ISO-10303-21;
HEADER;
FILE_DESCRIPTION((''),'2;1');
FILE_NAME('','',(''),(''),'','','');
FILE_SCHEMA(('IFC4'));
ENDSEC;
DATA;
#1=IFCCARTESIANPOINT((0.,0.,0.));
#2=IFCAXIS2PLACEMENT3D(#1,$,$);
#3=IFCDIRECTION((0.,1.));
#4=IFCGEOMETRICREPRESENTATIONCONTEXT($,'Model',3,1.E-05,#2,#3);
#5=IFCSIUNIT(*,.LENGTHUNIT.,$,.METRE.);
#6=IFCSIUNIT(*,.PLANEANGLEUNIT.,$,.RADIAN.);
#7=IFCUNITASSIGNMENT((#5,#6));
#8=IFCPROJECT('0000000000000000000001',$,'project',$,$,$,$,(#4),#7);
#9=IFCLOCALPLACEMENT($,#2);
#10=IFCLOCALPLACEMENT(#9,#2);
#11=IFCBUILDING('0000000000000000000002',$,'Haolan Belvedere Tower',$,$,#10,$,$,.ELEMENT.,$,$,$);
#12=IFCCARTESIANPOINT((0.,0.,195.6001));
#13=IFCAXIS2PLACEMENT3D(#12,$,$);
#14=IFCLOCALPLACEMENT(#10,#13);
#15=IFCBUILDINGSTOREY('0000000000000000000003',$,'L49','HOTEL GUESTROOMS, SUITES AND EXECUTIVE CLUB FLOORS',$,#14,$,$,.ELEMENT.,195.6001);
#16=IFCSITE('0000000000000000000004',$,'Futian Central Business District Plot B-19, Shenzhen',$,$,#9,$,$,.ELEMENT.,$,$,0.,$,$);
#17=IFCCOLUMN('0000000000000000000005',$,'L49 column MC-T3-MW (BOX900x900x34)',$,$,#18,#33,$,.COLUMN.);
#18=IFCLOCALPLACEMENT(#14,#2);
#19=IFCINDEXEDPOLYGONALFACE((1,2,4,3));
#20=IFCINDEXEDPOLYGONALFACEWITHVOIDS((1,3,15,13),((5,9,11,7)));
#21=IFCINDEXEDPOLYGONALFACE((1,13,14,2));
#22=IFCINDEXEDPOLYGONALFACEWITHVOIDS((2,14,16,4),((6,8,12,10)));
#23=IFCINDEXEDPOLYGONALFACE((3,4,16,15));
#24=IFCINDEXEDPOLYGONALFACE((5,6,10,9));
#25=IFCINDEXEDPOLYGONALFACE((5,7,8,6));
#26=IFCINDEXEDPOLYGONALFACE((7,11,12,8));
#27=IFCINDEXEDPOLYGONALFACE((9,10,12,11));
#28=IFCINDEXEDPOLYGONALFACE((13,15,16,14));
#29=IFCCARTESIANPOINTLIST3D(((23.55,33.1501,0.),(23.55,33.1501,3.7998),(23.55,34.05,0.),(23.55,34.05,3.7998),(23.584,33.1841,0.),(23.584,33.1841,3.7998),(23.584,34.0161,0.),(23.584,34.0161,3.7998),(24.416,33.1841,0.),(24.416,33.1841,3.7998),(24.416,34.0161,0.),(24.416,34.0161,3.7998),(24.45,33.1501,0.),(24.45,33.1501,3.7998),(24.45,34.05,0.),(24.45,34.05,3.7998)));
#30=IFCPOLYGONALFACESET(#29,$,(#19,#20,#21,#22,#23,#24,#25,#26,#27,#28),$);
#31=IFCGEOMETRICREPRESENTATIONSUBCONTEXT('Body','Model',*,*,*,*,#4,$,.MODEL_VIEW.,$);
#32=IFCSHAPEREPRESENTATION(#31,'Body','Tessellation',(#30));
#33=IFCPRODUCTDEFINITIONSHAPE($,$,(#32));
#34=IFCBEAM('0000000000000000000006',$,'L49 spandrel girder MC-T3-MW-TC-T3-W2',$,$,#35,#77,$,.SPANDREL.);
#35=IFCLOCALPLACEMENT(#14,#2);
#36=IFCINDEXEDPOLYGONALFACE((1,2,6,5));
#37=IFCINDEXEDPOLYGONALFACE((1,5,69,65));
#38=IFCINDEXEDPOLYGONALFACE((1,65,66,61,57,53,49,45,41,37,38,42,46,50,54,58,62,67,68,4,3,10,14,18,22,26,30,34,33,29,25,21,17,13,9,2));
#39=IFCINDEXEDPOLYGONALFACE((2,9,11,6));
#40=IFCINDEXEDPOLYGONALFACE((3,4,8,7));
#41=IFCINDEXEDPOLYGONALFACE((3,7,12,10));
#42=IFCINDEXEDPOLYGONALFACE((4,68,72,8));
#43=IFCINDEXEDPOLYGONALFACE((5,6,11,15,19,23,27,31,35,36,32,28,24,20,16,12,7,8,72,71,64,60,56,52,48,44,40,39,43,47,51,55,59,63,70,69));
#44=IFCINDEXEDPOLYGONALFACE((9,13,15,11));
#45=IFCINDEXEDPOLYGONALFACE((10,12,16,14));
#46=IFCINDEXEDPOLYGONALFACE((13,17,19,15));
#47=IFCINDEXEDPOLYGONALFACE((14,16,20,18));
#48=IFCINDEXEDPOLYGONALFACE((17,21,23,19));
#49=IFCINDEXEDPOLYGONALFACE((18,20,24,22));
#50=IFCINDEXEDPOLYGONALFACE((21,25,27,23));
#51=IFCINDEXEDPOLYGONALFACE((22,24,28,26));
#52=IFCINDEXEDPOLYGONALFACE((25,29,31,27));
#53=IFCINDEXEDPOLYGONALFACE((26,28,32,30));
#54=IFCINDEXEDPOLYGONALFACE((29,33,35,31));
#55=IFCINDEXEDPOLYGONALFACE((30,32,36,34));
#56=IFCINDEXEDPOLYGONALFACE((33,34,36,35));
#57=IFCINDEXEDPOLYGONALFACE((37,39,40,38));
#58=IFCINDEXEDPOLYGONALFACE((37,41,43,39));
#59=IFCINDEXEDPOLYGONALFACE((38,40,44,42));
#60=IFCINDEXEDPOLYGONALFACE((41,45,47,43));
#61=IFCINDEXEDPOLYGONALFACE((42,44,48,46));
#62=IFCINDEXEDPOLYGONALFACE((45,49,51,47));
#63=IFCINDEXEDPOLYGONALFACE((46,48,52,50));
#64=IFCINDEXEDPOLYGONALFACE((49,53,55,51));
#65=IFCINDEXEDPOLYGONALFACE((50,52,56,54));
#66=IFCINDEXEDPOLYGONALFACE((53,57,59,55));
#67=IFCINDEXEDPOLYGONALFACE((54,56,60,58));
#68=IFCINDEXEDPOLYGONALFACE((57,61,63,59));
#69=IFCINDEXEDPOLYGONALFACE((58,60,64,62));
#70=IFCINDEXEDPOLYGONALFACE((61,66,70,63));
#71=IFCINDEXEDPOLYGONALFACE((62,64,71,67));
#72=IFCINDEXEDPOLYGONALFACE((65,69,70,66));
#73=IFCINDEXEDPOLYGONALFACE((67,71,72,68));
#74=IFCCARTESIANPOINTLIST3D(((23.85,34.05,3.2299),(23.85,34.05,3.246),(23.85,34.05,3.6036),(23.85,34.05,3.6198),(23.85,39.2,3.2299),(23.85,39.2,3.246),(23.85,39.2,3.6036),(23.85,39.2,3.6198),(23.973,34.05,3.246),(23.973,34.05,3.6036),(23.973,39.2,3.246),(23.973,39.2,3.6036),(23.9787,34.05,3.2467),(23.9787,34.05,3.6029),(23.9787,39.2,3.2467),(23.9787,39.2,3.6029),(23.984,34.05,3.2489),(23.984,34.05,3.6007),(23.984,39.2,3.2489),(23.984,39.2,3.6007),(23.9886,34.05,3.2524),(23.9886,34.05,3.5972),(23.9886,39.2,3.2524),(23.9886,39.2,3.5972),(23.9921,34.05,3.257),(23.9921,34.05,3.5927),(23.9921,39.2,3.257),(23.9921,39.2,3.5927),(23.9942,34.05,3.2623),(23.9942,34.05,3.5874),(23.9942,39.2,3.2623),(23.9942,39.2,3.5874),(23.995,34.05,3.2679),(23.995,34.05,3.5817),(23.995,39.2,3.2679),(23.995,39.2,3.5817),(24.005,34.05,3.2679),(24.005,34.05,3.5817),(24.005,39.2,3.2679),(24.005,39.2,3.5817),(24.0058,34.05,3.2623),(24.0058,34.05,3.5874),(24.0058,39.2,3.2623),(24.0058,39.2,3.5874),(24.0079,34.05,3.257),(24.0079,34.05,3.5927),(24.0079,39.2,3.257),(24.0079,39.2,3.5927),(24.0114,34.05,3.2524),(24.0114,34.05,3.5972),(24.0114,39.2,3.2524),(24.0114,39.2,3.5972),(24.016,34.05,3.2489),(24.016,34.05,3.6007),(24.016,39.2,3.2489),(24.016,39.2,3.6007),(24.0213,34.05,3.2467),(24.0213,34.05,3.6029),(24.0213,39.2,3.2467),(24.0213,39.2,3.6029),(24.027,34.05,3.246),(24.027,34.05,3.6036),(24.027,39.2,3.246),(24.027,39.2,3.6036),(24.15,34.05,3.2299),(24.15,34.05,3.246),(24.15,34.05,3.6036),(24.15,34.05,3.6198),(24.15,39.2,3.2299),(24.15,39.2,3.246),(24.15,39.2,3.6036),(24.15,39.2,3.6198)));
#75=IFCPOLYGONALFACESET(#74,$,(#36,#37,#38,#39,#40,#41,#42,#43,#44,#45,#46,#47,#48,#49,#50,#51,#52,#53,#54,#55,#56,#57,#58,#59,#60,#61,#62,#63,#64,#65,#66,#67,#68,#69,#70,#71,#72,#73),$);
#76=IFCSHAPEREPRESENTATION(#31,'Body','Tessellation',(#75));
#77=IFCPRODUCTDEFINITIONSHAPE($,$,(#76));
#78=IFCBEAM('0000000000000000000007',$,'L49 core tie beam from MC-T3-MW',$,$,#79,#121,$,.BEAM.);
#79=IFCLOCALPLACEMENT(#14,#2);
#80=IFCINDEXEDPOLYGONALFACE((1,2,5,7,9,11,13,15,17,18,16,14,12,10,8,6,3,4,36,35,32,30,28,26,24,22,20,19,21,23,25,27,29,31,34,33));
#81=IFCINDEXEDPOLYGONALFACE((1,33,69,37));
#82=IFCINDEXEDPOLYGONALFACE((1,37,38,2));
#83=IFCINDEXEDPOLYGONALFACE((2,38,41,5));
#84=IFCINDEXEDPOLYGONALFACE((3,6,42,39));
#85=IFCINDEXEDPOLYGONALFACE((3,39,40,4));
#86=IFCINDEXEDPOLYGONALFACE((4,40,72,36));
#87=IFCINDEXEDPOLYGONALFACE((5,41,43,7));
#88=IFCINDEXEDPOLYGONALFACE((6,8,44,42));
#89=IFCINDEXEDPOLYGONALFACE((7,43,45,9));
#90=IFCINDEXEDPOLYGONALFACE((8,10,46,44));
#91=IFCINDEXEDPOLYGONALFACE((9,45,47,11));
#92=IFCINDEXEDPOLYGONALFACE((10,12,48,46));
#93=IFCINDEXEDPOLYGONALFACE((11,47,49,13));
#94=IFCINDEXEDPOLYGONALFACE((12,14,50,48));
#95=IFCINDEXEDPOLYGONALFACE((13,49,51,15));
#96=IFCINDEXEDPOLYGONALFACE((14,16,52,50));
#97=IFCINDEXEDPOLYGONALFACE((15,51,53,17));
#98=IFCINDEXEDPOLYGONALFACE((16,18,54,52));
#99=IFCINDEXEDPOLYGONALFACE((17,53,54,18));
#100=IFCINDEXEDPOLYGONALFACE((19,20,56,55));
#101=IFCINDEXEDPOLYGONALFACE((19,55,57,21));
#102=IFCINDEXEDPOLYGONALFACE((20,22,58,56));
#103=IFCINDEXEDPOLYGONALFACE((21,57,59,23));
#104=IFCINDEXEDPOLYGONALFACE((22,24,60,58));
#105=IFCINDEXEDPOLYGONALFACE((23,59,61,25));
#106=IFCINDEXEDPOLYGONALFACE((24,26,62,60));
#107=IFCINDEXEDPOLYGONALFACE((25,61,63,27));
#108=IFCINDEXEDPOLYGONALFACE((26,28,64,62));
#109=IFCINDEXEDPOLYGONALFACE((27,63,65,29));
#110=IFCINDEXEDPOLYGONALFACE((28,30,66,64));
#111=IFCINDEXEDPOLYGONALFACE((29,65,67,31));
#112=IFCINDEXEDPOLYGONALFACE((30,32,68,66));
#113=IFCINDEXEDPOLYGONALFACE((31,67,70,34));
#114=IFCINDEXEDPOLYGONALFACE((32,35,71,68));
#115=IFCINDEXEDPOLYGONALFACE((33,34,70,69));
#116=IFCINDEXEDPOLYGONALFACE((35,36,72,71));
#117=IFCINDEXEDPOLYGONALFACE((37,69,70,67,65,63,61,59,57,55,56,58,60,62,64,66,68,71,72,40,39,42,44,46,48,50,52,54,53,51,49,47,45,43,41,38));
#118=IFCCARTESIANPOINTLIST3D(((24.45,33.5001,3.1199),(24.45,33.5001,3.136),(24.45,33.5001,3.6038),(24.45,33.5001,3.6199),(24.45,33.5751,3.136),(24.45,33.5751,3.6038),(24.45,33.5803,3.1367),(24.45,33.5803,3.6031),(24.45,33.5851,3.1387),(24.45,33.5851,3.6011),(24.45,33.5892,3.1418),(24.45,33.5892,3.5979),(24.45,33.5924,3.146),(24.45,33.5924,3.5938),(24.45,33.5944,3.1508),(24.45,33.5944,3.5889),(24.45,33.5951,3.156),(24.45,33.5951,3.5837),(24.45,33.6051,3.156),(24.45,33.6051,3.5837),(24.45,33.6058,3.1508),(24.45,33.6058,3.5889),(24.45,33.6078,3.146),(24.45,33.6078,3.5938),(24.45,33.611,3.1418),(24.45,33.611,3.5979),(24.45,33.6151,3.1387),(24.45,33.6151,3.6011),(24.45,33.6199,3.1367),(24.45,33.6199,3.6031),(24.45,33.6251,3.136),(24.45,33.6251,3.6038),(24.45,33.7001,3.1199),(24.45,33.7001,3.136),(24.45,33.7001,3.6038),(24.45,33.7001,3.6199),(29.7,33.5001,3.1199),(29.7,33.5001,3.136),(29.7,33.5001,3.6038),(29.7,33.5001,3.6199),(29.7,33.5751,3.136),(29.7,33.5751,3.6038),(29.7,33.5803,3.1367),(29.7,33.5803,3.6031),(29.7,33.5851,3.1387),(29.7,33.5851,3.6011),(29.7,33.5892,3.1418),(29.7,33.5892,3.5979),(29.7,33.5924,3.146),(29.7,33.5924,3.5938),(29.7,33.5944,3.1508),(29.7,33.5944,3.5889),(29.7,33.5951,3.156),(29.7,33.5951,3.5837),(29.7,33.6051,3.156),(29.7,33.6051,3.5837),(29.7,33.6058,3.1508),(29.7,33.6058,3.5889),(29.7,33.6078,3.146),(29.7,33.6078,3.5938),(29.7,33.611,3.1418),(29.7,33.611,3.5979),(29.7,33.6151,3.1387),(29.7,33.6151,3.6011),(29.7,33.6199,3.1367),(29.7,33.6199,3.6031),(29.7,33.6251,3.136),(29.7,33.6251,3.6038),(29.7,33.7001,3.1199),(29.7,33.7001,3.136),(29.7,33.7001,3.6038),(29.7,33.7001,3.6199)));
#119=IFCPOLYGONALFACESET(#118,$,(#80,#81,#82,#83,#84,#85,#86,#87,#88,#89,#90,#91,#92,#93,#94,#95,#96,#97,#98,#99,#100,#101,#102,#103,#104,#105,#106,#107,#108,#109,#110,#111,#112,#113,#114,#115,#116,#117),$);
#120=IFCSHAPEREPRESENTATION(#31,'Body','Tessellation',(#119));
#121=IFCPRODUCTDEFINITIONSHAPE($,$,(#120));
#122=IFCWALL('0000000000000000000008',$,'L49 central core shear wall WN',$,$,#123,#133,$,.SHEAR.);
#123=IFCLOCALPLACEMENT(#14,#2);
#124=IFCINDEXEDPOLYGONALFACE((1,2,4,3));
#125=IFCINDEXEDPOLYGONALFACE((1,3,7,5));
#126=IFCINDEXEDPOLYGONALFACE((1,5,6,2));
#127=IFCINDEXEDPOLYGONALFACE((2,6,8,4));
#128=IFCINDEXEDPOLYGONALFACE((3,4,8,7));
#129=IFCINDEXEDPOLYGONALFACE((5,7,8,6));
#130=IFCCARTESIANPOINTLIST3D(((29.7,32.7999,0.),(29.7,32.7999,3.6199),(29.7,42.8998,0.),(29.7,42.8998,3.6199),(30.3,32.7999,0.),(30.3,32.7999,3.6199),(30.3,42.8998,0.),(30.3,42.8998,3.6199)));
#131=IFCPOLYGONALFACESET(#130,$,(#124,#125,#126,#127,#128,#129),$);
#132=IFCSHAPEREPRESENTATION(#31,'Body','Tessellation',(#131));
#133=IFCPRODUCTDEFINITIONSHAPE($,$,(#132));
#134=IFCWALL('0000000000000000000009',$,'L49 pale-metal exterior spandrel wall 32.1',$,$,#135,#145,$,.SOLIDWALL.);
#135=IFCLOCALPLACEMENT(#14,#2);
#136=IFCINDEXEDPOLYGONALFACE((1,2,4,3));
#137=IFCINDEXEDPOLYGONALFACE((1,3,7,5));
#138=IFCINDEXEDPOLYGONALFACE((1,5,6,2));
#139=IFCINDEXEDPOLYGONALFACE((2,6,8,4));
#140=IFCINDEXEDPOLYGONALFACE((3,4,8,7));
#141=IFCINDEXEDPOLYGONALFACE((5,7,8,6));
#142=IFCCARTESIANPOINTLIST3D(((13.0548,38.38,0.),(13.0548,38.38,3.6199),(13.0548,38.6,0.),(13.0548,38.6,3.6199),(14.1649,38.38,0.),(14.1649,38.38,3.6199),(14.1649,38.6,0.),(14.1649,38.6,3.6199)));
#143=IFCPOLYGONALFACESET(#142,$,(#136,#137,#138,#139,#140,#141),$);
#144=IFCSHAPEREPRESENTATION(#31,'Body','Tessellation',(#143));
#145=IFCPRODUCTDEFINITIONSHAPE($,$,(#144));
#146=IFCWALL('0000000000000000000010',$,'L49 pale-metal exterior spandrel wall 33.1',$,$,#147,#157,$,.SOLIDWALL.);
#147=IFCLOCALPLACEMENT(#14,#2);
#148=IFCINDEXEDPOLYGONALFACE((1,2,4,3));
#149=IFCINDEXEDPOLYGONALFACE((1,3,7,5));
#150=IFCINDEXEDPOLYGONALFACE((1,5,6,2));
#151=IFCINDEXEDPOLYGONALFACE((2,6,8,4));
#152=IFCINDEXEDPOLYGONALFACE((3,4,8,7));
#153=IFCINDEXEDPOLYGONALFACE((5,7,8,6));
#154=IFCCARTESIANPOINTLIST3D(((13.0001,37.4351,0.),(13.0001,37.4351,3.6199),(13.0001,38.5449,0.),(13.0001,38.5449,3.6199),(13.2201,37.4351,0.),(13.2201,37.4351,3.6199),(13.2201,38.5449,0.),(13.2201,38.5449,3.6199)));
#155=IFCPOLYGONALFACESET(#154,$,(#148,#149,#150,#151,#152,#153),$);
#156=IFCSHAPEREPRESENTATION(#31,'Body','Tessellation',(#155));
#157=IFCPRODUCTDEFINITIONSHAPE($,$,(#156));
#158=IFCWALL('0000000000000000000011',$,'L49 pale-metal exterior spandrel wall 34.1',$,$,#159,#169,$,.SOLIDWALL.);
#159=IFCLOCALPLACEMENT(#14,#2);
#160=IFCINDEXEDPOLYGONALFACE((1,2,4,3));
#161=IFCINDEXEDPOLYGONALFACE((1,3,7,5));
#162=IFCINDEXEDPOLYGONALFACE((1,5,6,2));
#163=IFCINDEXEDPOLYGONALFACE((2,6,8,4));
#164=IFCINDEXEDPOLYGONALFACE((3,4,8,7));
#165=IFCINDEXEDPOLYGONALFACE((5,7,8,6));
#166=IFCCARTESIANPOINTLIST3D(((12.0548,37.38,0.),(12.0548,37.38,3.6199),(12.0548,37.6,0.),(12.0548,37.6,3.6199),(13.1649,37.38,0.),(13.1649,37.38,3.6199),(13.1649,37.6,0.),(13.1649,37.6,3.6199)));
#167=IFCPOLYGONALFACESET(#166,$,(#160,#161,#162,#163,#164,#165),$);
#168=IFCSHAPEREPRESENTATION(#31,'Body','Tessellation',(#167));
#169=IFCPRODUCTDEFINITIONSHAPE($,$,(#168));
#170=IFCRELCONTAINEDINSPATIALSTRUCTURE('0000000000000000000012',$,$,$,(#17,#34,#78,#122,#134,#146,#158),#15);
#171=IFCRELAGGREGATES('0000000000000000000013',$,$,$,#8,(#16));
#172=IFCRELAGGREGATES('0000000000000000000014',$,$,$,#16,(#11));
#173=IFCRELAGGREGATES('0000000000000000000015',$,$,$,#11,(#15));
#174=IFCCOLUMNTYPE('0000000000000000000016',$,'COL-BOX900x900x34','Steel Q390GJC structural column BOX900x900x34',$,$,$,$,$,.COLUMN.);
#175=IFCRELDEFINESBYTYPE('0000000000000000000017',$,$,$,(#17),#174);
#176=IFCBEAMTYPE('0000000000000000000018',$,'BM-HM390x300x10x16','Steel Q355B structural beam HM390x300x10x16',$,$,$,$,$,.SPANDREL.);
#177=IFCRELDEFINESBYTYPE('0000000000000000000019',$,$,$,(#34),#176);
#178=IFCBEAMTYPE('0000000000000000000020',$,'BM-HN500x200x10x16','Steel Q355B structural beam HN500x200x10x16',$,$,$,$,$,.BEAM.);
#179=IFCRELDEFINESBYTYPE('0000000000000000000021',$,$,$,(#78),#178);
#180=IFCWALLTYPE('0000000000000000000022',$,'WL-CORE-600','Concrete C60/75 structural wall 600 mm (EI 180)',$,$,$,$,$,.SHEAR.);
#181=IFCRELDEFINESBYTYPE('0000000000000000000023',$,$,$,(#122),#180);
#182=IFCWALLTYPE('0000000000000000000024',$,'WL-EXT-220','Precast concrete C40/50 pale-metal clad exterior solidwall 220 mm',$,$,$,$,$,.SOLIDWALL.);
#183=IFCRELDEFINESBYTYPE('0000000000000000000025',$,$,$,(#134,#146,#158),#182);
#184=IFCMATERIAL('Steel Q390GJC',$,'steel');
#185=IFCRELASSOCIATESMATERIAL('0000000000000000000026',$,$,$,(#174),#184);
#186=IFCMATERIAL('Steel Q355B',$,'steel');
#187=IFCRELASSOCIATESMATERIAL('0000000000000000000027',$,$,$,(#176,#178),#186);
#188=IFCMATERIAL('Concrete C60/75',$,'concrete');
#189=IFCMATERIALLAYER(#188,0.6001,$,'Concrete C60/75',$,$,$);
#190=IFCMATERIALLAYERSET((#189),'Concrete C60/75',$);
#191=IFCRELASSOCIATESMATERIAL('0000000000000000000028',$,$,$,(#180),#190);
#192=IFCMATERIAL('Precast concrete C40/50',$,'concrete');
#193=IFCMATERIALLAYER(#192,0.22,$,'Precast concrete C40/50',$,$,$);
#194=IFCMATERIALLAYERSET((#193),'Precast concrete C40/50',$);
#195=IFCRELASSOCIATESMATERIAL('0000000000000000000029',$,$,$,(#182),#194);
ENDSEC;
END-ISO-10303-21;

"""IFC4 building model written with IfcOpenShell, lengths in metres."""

from ifc_helpers import new_model, si_unit, direction, frame, frame_2d, origin, origin_2d, place, context, subcontext, project, spatial, rectangle, hollow_rectangle, i_section, extrude, material, layer, layer_set, material_profile, profile_set, type_object, element, save


model = new_model("IFC4")

# Units and contexts
model_context = context("Model", 3, precision=1e-05, world=origin(), true_north=direction((0.0, 1.0)))
body_context = subcontext(model_context, "Body", "Model", "MODEL_VIEW")
ifc_project = project(units=[si_unit("LENGTHUNIT", "METRE"), si_unit("PLANEANGLEUNIT", "RADIAN")], contexts=[model_context])

# Site, building, storey
site_placement = place(None, origin())
site = spatial("IfcSite", under=ifc_project, at=site_placement, Name="Futian Central Business District Plot B-19, Shenzhen", CompositionType="ELEMENT", RefElevation=0.0)
building_placement = place(site_placement, origin())
building = spatial("IfcBuilding", under=site, at=building_placement, Name="Haolan Belvedere Tower", CompositionType="ELEMENT")
storey_placement = place(building_placement, frame((0.0, 0.0, 195.6001)))
storey = spatial("IfcBuildingStorey", under=building, at=storey_placement, Name="L49", Description="HOTEL GUESTROOMS, SUITES AND EXECUTIVE CLUB FLOORS", CompositionType="ELEMENT", Elevation=195.6001)

# Column
ifc_material_1 = material(Name="Steel Q390GJC", Category="steel")
ifc_material_profile_1 = material_profile(ifc_material_1, hollow_rectangle(XDim=0.8999, YDim=0.8999, WallThickness=0.0339, at=origin_2d()), Name="Steel Q390GJC")
ifc_profile_set_1 = profile_set([ifc_material_profile_1], Name="Steel Q390GJC")
column_type = type_object("IfcColumnType", Name="COL-BOX900x900x34", Description="Steel Q390GJC structural column BOX900x900x34", PredefinedType="COLUMN", material=ifc_profile_set_1)
column_placement = place(storey_placement, frame((24.0, 33.6001, 0.0), z_axis=(0.0, 0.0, 1.0), x_axis=(1.0, 0.0, 0.0)))
element("IfcColumn", 1, at=column_placement, inside=storey, type_object=column_type, Name="L49 column MC-T3-MW (BOX900x900x34)", PredefinedType="COLUMN", context=body_context, shape_type="SweptSolid", body=[
    extrude(hollow_rectangle(XDim=0.8999, YDim=0.8999, WallThickness=0.0339, at=origin_2d()), origin(), (0.0, 0.0, 1.0), 3.7998),
])

# Beams
ifc_material_2 = material(Name="Steel Q355B", Category="steel")
ifc_material_profile_2 = material_profile(ifc_material_2, i_section(OverallWidth=0.3, OverallDepth=0.3899, WebThickness=0.01, FlangeThickness=0.0161, FilletRadius=0.022, at=origin_2d()), Name="Steel Q355B")
ifc_profile_set_2 = profile_set([ifc_material_profile_2], Name="Steel Q355B")
beam_type_1 = type_object("IfcBeamType", Name="BM-HM390x300x10x16", Description="Steel Q355B structural beam HM390x300x10x16", PredefinedType="SPANDREL", material=ifc_profile_set_2)
beam_1_placement = place(storey_placement, frame((24.0, 34.05, 3.4248), z_axis=(0.0, 1.0, 0.0), x_axis=(-1.0, 0.0, 0.0)))
element("IfcBeam", 2, at=beam_1_placement, inside=storey, type_object=beam_type_1, Name="L49 spandrel girder MC-T3-MW-TC-T3-W2", PredefinedType="SPANDREL", context=body_context, shape_type="SweptSolid", body=[
    extrude(i_section(OverallWidth=0.3, OverallDepth=0.3899, WebThickness=0.01, FlangeThickness=0.0161, FilletRadius=0.022, at=origin_2d()), origin(), (0.0, 0.0, 1.0), 5.1499),
])
ifc_material_profile_3 = material_profile(ifc_material_2, i_section(OverallWidth=0.2, OverallDepth=0.5, WebThickness=0.01, FlangeThickness=0.0161, FilletRadius=0.02, at=origin_2d()), Name="Steel Q355B")
ifc_profile_set_3 = profile_set([ifc_material_profile_3], Name="Steel Q355B")
beam_type_2 = type_object("IfcBeamType", Name="BM-HN500x200x10x16", Description="Steel Q355B structural beam HN500x200x10x16", PredefinedType="BEAM", material=ifc_profile_set_3)
beam_2_placement = place(storey_placement, frame((24.45, 33.6001, 3.3699), z_axis=(1.0, 0.0, 0.0), x_axis=(0.0, 1.0, 0.0)))
element("IfcBeam", 3, at=beam_2_placement, inside=storey, type_object=beam_type_2, Name="L49 core tie beam from MC-T3-MW", PredefinedType="BEAM", context=body_context, shape_type="SweptSolid", body=[
    extrude(i_section(OverallWidth=0.2, OverallDepth=0.5, WebThickness=0.01, FlangeThickness=0.0161, FilletRadius=0.02, at=origin_2d()), origin(), (0.0, 0.0, 1.0), 5.25),
])

# Walls
ifc_material_3 = material(Name="Concrete C60/75", Category="concrete")
ifc_layer_1 = layer(ifc_material_3, 0.6001, Name="Concrete C60/75")
ifc_layer_set_1 = layer_set([ifc_layer_1], Name="Concrete C60/75")
wall_type_1 = type_object("IfcWallType", Name="WL-CORE-600", Description="Concrete C60/75 structural wall 600 mm (EI 180)", PredefinedType="SHEAR", material=ifc_layer_set_1)
wall_1_placement = place(storey_placement, frame((30.0, 32.8, 0.0), z_axis=(0.0, 0.0, 1.0), x_axis=(0.0, 1.0, 0.0)))
element("IfcWall", 4, at=wall_1_placement, inside=storey, type_object=wall_type_1, Name="L49 central core shear wall WN", PredefinedType="SHEAR", context=body_context, shape_type="SweptSolid", body=[
    extrude(rectangle(XDim=10.0999, YDim=0.6001, at=frame_2d((5.0498, 0.0))), origin(), (0.0, 0.0, 1.0), 3.6199),
])
ifc_material_4 = material(Name="Precast concrete C40/50", Category="concrete")
ifc_layer_2 = layer(ifc_material_4, 0.22, Name="Precast concrete C40/50")
ifc_layer_set_2 = layer_set([ifc_layer_2], Name="Precast concrete C40/50")
wall_type_2 = type_object("IfcWallType", Name="WL-EXT-220", Description="Precast concrete C40/50 pale-metal clad exterior solidwall 220 mm", PredefinedType="SOLIDWALL", material=ifc_layer_set_2)
wall_2_placement = place(storey_placement, frame((14.165, 38.49, 0.0), z_axis=(0.0, 0.0, 1.0), x_axis=(-1.0, 0.0, 0.0)))
element("IfcWall", 5, at=wall_2_placement, inside=storey, type_object=wall_type_2, Name="L49 pale-metal exterior spandrel wall 32.1", PredefinedType="SOLIDWALL", context=body_context, shape_type="SweptSolid", body=[
    extrude(rectangle(XDim=1.1101, YDim=0.22, at=frame_2d((0.5552, 0.0))), origin(), (0.0, 0.0, 1.0), 3.6199),
])
wall_3_placement = place(storey_placement, frame((13.1101, 38.5449, 0.0), z_axis=(0.0, 0.0, 1.0), x_axis=(0.0, -1.0, 0.0)))
element("IfcWall", 6, at=wall_3_placement, inside=storey, type_object=wall_type_2, Name="L49 pale-metal exterior spandrel wall 33.1", PredefinedType="SOLIDWALL", context=body_context, shape_type="SweptSolid", body=[
    extrude(rectangle(XDim=1.1099, YDim=0.22, at=frame_2d((0.5549, 0.0))), origin(), (0.0, 0.0, 1.0), 3.6199),
])
wall_4_placement = place(storey_placement, frame((13.165, 37.49, 0.0), z_axis=(0.0, 0.0, 1.0), x_axis=(-1.0, 0.0, 0.0)))
element("IfcWall", 7, at=wall_4_placement, inside=storey, type_object=wall_type_2, Name="L49 pale-metal exterior spandrel wall 34.1", PredefinedType="SOLIDWALL", context=body_context, shape_type="SweptSolid", body=[
    extrude(rectangle(XDim=1.1101, YDim=0.22, at=frame_2d((0.5552, 0.0))), origin(), (0.0, 0.0, 1.0), 3.6199),
])

save(model, "model.ifc")
